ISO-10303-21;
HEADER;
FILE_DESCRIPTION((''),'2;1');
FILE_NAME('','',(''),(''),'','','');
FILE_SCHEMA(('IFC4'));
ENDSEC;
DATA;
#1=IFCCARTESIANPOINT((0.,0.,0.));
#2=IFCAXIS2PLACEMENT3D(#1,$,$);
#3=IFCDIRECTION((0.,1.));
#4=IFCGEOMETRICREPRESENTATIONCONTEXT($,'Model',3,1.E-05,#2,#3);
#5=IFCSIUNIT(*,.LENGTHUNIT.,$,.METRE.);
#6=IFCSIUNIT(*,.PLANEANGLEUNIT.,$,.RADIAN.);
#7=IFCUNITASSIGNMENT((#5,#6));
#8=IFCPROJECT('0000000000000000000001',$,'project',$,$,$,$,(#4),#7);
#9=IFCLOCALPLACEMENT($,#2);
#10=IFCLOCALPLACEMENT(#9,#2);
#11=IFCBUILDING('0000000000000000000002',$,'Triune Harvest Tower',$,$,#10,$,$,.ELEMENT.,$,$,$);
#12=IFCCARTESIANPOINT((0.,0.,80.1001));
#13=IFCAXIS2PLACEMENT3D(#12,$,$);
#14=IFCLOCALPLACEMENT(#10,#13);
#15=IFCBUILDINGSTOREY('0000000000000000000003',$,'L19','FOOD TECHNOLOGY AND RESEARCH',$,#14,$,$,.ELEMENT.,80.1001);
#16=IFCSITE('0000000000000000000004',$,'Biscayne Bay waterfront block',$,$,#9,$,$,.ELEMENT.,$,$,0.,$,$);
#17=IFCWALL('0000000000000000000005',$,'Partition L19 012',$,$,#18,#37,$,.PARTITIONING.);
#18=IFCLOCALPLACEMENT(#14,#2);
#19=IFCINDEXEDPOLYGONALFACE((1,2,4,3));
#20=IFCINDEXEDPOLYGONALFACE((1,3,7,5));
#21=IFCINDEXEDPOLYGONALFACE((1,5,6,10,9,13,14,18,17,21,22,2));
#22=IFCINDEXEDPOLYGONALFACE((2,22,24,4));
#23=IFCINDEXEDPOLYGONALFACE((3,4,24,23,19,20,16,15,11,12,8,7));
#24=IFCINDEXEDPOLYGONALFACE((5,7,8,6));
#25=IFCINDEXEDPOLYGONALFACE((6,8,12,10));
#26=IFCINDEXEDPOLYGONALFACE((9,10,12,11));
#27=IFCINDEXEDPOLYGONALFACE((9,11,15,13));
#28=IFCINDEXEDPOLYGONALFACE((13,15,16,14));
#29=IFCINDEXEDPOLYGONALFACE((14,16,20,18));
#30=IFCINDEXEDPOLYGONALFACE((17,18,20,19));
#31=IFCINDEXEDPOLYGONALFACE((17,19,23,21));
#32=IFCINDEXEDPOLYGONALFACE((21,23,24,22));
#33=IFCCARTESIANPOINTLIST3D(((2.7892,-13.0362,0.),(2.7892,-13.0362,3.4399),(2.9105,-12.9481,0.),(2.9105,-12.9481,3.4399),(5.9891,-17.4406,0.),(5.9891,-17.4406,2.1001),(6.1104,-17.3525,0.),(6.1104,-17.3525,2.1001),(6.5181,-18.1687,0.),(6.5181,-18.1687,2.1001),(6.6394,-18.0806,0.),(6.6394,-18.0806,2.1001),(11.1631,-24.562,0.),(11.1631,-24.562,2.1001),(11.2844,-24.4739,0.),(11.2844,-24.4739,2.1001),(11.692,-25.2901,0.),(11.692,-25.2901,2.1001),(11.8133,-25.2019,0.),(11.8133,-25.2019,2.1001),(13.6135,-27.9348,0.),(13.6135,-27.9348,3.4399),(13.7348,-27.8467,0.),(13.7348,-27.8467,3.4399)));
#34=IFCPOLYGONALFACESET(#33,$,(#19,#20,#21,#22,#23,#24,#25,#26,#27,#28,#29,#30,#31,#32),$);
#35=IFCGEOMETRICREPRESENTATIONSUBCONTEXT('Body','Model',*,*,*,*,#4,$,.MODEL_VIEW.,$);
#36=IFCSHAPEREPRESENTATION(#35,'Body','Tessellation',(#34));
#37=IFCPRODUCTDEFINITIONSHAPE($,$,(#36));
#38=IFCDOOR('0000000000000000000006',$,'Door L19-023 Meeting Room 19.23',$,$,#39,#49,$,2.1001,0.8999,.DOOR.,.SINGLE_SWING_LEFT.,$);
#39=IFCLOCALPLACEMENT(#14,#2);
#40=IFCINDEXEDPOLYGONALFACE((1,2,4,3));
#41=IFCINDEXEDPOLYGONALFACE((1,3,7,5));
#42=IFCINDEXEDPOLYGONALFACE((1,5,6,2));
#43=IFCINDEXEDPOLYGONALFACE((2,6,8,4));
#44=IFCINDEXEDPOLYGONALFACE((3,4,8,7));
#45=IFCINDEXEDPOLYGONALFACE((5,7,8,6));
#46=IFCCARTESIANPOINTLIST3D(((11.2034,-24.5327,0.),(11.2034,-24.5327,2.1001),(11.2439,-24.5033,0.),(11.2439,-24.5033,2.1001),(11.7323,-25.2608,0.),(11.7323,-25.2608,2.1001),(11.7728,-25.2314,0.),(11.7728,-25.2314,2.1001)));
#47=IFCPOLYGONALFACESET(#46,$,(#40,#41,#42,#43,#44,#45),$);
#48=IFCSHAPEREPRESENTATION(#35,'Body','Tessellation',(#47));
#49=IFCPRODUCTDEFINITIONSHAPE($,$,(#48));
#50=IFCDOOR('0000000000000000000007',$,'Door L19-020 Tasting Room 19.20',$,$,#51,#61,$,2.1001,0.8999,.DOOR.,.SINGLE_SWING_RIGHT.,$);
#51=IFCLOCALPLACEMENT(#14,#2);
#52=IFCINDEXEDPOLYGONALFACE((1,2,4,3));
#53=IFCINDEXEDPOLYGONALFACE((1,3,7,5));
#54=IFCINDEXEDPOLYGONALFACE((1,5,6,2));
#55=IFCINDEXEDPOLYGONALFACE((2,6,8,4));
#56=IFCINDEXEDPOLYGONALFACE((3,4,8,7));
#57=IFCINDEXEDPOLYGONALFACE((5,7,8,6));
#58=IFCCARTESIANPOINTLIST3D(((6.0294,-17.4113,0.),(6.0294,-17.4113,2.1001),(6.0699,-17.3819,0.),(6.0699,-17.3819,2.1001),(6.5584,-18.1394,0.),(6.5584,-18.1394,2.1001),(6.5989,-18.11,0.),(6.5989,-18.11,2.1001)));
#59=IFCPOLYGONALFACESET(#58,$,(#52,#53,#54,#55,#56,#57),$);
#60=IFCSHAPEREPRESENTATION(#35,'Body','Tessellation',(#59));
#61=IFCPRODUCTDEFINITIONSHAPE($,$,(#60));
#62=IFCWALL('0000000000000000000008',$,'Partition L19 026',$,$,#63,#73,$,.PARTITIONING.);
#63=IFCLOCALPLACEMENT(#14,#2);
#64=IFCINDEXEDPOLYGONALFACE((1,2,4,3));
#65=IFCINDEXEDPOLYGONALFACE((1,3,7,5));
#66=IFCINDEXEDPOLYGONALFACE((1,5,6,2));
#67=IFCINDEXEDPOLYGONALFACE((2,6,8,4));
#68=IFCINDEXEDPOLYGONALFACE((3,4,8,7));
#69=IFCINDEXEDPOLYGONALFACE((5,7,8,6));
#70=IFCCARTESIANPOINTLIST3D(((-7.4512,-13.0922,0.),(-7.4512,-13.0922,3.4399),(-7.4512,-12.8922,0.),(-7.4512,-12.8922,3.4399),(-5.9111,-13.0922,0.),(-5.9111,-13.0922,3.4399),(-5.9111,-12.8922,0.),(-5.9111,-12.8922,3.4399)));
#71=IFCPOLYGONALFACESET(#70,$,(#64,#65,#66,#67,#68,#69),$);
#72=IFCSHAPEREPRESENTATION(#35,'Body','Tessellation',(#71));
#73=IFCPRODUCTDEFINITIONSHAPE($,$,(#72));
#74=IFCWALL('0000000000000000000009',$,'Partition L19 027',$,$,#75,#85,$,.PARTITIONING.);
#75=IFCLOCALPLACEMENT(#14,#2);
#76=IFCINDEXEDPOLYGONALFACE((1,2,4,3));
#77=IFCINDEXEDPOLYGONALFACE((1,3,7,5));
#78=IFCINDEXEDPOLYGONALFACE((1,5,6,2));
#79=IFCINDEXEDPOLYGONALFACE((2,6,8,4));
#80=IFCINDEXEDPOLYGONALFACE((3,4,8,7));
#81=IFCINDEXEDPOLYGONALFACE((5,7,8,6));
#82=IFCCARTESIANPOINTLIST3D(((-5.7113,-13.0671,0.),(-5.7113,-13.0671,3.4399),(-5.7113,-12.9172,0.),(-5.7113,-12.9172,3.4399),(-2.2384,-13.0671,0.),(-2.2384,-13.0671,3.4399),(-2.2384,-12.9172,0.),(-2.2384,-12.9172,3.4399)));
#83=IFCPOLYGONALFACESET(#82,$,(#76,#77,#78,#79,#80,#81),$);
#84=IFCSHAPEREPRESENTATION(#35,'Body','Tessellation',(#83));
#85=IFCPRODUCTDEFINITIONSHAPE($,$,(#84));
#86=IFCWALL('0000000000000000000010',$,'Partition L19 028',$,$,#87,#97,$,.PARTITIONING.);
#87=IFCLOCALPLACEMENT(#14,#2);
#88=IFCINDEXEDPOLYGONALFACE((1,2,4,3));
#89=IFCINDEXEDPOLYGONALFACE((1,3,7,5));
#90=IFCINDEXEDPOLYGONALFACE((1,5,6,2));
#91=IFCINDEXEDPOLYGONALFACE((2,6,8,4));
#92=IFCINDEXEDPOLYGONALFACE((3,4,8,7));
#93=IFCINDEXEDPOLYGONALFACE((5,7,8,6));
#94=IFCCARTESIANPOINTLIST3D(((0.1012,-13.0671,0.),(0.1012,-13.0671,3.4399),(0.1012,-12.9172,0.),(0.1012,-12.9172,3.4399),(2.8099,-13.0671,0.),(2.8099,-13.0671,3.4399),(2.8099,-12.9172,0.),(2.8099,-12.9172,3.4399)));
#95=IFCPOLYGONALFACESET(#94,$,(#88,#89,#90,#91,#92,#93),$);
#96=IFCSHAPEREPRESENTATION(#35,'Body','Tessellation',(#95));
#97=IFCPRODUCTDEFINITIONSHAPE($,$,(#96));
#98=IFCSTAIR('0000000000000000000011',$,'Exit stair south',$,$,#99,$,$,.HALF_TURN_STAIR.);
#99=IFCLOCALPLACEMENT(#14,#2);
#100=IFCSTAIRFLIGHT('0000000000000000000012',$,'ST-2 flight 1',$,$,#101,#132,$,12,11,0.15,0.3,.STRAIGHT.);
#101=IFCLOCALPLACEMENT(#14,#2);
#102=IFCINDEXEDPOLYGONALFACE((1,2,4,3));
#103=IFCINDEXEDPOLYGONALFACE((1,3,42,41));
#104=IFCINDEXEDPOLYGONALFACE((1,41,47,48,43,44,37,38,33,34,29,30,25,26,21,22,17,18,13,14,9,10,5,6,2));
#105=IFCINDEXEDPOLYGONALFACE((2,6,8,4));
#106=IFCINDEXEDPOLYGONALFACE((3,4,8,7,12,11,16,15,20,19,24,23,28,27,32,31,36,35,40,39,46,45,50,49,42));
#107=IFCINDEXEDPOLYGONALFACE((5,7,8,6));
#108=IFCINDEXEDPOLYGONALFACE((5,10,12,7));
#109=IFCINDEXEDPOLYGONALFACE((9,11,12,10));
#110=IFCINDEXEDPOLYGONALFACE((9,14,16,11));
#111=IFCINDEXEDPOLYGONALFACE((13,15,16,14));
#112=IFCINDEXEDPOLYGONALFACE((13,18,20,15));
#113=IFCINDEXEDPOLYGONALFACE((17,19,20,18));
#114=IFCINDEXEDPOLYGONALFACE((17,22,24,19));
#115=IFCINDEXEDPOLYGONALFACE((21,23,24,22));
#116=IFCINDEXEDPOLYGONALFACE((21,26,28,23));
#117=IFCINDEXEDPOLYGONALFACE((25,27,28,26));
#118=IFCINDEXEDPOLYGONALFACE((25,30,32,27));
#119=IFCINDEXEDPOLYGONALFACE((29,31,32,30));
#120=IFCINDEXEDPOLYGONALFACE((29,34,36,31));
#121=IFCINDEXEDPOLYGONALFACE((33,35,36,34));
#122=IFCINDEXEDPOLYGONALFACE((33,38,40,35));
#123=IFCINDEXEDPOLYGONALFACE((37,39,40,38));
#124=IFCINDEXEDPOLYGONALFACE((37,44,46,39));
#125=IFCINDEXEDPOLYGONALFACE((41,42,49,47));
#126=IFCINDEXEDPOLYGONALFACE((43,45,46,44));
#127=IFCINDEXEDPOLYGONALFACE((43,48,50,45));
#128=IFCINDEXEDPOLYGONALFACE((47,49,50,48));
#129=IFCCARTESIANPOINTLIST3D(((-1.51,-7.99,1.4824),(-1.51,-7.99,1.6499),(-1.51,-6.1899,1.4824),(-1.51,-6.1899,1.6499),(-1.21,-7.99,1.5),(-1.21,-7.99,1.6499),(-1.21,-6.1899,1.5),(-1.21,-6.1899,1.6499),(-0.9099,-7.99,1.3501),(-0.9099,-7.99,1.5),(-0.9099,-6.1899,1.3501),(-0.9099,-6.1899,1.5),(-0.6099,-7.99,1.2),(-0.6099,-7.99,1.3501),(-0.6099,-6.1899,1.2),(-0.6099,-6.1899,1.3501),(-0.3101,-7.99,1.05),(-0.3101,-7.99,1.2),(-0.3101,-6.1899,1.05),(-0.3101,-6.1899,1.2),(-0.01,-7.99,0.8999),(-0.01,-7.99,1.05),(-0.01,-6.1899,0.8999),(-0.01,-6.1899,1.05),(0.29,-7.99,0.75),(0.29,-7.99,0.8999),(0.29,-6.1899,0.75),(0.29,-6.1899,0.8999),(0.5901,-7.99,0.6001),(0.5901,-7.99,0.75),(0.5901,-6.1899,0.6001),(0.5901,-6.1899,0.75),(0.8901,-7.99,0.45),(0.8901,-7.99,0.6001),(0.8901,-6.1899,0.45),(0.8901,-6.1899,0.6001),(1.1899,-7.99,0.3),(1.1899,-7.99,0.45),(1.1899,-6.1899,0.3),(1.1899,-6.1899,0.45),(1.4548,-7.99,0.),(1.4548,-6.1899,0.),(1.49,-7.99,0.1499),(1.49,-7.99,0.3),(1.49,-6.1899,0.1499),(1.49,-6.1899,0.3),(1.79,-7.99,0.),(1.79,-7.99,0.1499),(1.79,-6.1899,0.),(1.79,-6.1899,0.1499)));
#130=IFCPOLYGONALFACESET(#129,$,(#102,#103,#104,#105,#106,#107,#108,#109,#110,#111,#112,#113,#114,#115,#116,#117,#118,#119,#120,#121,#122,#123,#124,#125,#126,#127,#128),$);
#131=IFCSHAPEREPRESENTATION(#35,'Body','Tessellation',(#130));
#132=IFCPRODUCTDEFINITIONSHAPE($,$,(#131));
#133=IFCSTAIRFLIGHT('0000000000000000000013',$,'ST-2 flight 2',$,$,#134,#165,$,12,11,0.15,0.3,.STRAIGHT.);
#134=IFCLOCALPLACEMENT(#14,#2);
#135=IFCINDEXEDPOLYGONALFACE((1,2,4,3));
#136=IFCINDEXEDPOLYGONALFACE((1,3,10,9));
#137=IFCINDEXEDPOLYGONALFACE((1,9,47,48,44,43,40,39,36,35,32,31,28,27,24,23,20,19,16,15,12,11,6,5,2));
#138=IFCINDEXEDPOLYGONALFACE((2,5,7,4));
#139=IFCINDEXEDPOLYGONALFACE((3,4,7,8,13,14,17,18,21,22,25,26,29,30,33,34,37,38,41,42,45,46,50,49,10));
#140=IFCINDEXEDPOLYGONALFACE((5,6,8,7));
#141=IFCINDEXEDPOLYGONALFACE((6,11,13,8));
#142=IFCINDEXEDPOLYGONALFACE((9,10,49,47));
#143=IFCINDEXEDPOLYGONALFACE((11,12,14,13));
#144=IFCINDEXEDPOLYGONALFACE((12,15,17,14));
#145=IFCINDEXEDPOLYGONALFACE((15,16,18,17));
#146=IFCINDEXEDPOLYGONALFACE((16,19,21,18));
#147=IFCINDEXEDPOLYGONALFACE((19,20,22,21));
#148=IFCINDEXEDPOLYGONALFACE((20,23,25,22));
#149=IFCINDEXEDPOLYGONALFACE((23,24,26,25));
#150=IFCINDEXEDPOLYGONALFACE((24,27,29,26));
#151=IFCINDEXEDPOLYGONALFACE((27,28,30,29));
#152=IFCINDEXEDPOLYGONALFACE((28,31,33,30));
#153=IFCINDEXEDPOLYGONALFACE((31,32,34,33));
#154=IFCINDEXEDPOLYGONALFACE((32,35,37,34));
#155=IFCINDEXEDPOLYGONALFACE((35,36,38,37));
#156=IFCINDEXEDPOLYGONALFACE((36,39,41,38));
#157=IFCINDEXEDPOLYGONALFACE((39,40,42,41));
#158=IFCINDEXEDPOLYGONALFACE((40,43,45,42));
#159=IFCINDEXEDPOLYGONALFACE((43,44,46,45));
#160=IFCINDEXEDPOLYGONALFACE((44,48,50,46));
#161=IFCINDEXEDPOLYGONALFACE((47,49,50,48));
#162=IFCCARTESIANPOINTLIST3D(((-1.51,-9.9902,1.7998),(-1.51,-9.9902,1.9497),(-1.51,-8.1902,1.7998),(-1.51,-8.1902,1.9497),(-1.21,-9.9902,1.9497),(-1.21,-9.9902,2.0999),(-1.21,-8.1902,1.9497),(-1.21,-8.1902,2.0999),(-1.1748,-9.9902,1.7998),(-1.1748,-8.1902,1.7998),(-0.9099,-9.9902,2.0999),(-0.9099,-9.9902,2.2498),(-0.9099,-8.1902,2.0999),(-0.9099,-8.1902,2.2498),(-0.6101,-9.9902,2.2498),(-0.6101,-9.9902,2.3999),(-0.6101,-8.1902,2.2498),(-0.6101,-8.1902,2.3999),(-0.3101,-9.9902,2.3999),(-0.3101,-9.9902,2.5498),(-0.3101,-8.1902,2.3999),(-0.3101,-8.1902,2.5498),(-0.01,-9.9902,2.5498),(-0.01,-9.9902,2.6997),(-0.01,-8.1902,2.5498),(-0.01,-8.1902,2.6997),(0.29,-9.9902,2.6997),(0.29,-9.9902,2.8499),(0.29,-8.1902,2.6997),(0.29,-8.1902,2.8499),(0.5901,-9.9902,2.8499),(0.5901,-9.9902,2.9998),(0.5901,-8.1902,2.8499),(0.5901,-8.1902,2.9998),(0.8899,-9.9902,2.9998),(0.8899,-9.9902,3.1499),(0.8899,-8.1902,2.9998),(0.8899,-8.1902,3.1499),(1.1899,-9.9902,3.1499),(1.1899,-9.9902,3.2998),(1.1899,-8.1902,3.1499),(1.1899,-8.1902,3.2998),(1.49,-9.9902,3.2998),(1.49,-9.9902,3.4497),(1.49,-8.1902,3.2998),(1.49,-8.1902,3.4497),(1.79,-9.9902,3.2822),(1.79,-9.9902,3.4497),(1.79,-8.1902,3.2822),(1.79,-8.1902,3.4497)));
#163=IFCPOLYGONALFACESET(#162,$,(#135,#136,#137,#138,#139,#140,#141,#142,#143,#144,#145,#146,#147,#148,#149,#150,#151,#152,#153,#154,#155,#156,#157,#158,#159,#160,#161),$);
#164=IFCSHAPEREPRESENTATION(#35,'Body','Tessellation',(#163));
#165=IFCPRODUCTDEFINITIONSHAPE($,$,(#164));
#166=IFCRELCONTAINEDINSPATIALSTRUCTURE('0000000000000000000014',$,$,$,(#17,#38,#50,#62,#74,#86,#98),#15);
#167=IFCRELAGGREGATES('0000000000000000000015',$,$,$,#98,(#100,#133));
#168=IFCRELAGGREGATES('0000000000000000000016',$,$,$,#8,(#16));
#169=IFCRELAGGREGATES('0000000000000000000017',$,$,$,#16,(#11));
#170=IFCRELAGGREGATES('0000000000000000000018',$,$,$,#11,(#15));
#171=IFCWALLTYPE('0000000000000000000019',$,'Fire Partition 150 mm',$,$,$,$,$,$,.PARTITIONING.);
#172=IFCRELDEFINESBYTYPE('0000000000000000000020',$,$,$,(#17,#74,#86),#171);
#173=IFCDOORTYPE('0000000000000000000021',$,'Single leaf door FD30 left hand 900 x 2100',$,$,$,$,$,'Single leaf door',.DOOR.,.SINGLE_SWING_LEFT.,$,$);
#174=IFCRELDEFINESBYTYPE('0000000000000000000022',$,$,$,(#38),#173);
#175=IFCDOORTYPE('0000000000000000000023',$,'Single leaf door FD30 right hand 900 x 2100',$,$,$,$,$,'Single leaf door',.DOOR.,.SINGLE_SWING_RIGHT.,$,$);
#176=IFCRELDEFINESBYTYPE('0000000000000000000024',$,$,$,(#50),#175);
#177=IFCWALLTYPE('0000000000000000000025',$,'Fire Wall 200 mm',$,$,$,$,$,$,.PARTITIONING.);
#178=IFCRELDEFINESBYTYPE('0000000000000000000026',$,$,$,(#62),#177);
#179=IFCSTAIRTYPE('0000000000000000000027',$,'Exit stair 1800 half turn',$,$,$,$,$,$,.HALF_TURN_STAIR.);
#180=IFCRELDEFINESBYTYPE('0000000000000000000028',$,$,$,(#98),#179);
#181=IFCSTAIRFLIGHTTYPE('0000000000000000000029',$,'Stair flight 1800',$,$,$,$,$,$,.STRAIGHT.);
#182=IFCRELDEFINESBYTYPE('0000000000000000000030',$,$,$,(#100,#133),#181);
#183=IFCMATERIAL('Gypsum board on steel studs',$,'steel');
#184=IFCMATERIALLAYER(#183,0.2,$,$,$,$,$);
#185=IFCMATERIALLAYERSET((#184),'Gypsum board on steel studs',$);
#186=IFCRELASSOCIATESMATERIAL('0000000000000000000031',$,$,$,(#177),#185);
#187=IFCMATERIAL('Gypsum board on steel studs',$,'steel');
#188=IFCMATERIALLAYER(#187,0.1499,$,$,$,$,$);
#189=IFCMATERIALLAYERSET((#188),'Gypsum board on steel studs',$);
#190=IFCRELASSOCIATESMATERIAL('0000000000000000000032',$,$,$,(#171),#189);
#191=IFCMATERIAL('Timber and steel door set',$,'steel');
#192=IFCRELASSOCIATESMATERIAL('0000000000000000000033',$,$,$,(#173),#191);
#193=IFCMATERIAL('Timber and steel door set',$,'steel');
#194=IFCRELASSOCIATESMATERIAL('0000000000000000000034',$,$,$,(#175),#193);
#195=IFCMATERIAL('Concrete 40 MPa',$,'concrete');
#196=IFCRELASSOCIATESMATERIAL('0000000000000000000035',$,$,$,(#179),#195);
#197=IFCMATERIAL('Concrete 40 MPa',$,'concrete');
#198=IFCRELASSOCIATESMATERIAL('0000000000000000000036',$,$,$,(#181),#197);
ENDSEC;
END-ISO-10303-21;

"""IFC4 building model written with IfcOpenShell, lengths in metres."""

from ifc_helpers import new_model, si_unit, direction, frame, frame_2d, origin, place, context, subcontext, project, spatial, polyline, rectangle, outline, extrude, source, transform, mapped, material, layer, layer_set, type_object, element, fill, aggregate, save


model = new_model("IFC4")

# Units and contexts
model_context = context("Model", 3, precision=1e-05, world=origin(), true_north=direction((0.0, 1.0)))
body_context = subcontext(model_context, "Body", "Model", "MODEL_VIEW")
ifc_project = project(units=[si_unit("LENGTHUNIT", "METRE"), si_unit("PLANEANGLEUNIT", "RADIAN")], contexts=[model_context])

# Site, building, storey
site_placement = place(None, origin())
site = spatial("IfcSite", under=ifc_project, at=site_placement, Name="Biscayne Bay waterfront block", CompositionType="ELEMENT", RefElevation=0.0)
building_placement = place(site_placement, origin())
building = spatial("IfcBuilding", under=site, at=building_placement, Name="Triune Harvest Tower", CompositionType="ELEMENT")
storey_placement = place(building_placement, frame((0.0, 0.0, 80.1001)))
storey = spatial("IfcBuildingStorey", under=building, at=storey_placement, Name="L19", Description="FOOD TECHNOLOGY AND RESEARCH", CompositionType="ELEMENT", Elevation=80.1001)

# Shared definitions
ifc_material_1 = material(Name="Gypsum board on steel studs", Category="steel")
ifc_layer_1 = layer(ifc_material_1, 0.2)
ifc_layer_set_1 = layer_set([ifc_layer_1], Name="Gypsum board on steel studs")
wall_type_1 = type_object("IfcWallType", Name="Fire Wall 200 mm", PredefinedType="PARTITIONING", material=ifc_layer_set_1)

# Wall, openings, doors
ifc_material_2 = material(Name="Gypsum board on steel studs", Category="steel")
ifc_layer_2 = layer(ifc_material_2, 0.1499)
ifc_layer_set_2 = layer_set([ifc_layer_2], Name="Gypsum board on steel studs")
wall_type_2 = type_object("IfcWallType", Name="Fire Partition 150 mm", PredefinedType="PARTITIONING", material=ifc_layer_set_2)
shared_shape_1 = source(origin(), body_context, "Body", "SweptSolid", [
    extrude(rectangle(XDim=18.4155, YDim=0.1499, at=frame_2d((9.2078, 0.0))), origin(), (0.0, 0.0, 1.0), 3.4399),
])
wall_1_placement = place(storey_placement, frame((2.8499, -12.9922, 0.0), z_axis=(0.0, 0.0, 1.0), x_axis=(0.587781, -0.80902, 0.0)))
wall_1 = element("IfcWall", 1, at=wall_1_placement, inside=storey, type_object=wall_type_2, Name="Partition L19 012", PredefinedType="PARTITIONING", context=body_context, shape_type="MappedRepresentation", body=[
    mapped(shared_shape_1, transform((0.0, 0.0, 0.0), scale=1.0)),
])
opening_1_placement = place(wall_1_placement, frame((5.4441, 0.0, 0.0)))
opening_1 = element("IfcOpeningElement", 2, at=opening_1_placement, cuts=wall_1, PredefinedType="OPENING", context=body_context, shape_type="SweptSolid", body=[
    extrude(rectangle(XDim=0.8999, YDim=2.1001, at=frame_2d((0.45, 1.05))), frame((0.0, 0.085, 0.0), z_axis=(0.0, -1.0, 0.0), x_axis=(1.0, 0.0, 0.0)), (0.0, 0.0, 1.0), 0.1699),
])
opening_2_placement = place(wall_1_placement, frame((14.2466, 0.0, 0.0)))
opening_2 = element("IfcOpeningElement", 3, at=opening_2_placement, cuts=wall_1, PredefinedType="OPENING", context=body_context, shape_type="SweptSolid", body=[
    extrude(rectangle(XDim=0.8999, YDim=2.1001, at=frame_2d((0.45, 1.05))), frame((0.0, 0.085, 0.0), z_axis=(0.0, -1.0, 0.0), x_axis=(1.0, 0.0, 0.0)), (0.0, 0.0, 1.0), 0.1699),
])
ifc_material_3 = material(Name="Timber and steel door set", Category="steel")
door_type_1 = type_object("IfcDoorType", Name="Single leaf door FD30 left hand 900 x 2100", ElementType="Single leaf door", OperationType="SINGLE_SWING_LEFT", PredefinedType="DOOR", material=ifc_material_3)
door_1_placement = place(opening_2_placement, origin())
door_1 = element("IfcDoor", 4, at=door_1_placement, inside=storey, type_object=door_type_1, Name="Door L19-023 Meeting Room 19.23", OperationType="SINGLE_SWING_LEFT", OverallHeight=2.1001, OverallWidth=0.8999, PredefinedType="DOOR", context=body_context, shape_type="SweptSolid", body=[
    extrude(rectangle(XDim=0.8999, YDim=2.1001, at=frame_2d((0.45, 1.05))), frame((0.0, 0.0249, 0.0), z_axis=(0.0, -1.0, 0.0), x_axis=(1.0, 0.0, 0.0)), (0.0, 0.0, 1.0), 0.05),
])
fill(opening_2, door_1)
ifc_material_4 = material(Name="Timber and steel door set", Category="steel")
door_type_2 = type_object("IfcDoorType", Name="Single leaf door FD30 right hand 900 x 2100", ElementType="Single leaf door", OperationType="SINGLE_SWING_RIGHT", PredefinedType="DOOR", material=ifc_material_4)
door_2_placement = place(opening_1_placement, origin())
door_2 = element("IfcDoor", 5, at=door_2_placement, inside=storey, type_object=door_type_2, Name="Door L19-020 Tasting Room 19.20", OperationType="SINGLE_SWING_RIGHT", OverallHeight=2.1001, OverallWidth=0.8999, PredefinedType="DOOR", context=body_context, shape_type="SweptSolid", body=[
    extrude(rectangle(XDim=0.8999, YDim=2.1001, at=frame_2d((0.45, 1.05))), frame((0.0, 0.0249, 0.0), z_axis=(0.0, -1.0, 0.0), x_axis=(1.0, 0.0, 0.0)), (0.0, 0.0, 1.0), 0.05),
])
fill(opening_1, door_2)

# Walls
shared_shape_2 = source(origin(), body_context, "Body", "SweptSolid", [
    extrude(rectangle(XDim=1.54, YDim=0.2, at=frame_2d((0.77, 0.0))), origin(), (0.0, 0.0, 1.0), 3.4399),
])
wall_2_placement = place(storey_placement, frame((-7.4512, -12.9922, 0.0), z_axis=(0.0, 0.0, 1.0), x_axis=(1.0, 0.0, 0.0)))
element("IfcWall", 6, at=wall_2_placement, inside=storey, type_object=wall_type_1, Name="Partition L19 026", PredefinedType="PARTITIONING", context=body_context, shape_type="MappedRepresentation", body=[
    mapped(shared_shape_2, transform((0.0, 0.0, 0.0), scale=1.0)),
])
shared_shape_3 = source(origin(), body_context, "Body", "SweptSolid", [
    extrude(rectangle(XDim=3.4729, YDim=0.1499, at=frame_2d((1.7363, 0.0))), origin(), (0.0, 0.0, 1.0), 3.4399),
])
wall_3_placement = place(storey_placement, frame((-5.7112, -12.9922, 0.0), z_axis=(0.0, 0.0, 1.0), x_axis=(1.0, 0.0, 0.0)))
element("IfcWall", 7, at=wall_3_placement, inside=storey, type_object=wall_type_2, Name="Partition L19 027", PredefinedType="PARTITIONING", context=body_context, shape_type="MappedRepresentation", body=[
    mapped(shared_shape_3, transform((0.0, 0.0, 0.0), scale=1.0)),
])
shared_shape_4 = source(origin(), body_context, "Body", "SweptSolid", [
    extrude(rectangle(XDim=2.7087, YDim=0.1499, at=frame_2d((1.3545, 0.0))), origin(), (0.0, 0.0, 1.0), 3.4399),
])
wall_4_placement = place(storey_placement, frame((0.1011, -12.9922, 0.0), z_axis=(0.0, 0.0, 1.0), x_axis=(1.0, 0.0, 0.0)))
element("IfcWall", 8, at=wall_4_placement, inside=storey, type_object=wall_type_2, Name="Partition L19 028", PredefinedType="PARTITIONING", context=body_context, shape_type="MappedRepresentation", body=[
    mapped(shared_shape_4, transform((0.0, 0.0, 0.0), scale=1.0)),
])

# Stair, stair flights
ifc_material_5 = material(Name="Concrete 40 MPa", Category="concrete")
stair_type = type_object("IfcStairType", Name="Exit stair 1800 half turn", PredefinedType="HALF_TURN_STAIR", material=ifc_material_5)
stair_placement = place(storey_placement, origin())
stair = element("IfcStair", 9, at=stair_placement, inside=storey, type_object=stair_type, Name="Exit stair south", PredefinedType="HALF_TURN_STAIR")
ifc_material_6 = material(Name="Concrete 40 MPa", Category="concrete")
stair_flight_type = type_object("IfcStairFlightType", Name="Stair flight 1800", PredefinedType="STRAIGHT", material=ifc_material_6)
shared_shape_5 = source(origin(), body_context, "Body", "SweptSolid", [
    extrude(outline(polyline([(0.0, 0.0), (0.0, 0.1499), (0.3, 0.1499), (0.3, 0.3), (0.6001, 0.3), (0.6001, 0.45), (0.8999, 0.45), (0.8999, 0.6001), (1.2, 0.6001), (1.2, 0.75), (1.5, 0.75), (1.5, 0.8999), (1.8, 0.8999), (1.8, 1.05), (2.1001, 1.05), (2.1001, 1.2), (2.3999, 1.2), (2.3999, 1.3501), (2.7, 1.3501), (2.7, 1.5), (3.0, 1.5), (3.0, 1.6499), (3.3, 1.6499), (3.3, 1.8), (3.3, 1.4824), (0.3352, 0.0), (0.0, 0.0)])), frame((0.0, 0.8999, 0.0), z_axis=(0.0, -1.0, 0.0), x_axis=(1.0, 0.0, 0.0)), (0.0, 0.0, 1.0), 1.8),
])
stair_flight_1_placement = place(storey_placement, frame((1.79, -7.0901, 0.0), z_axis=(0.0, 0.0, 1.0), x_axis=(-1.0, 0.0, 0.0)))
stair_flight_1 = element("IfcStairFlight", 10, at=stair_flight_1_placement, type_object=stair_flight_type, Name="ST-2 flight 1", NumberOfRisers=12, NumberOfTreads=11, PredefinedType="STRAIGHT", RiserHeight=0.15, TreadLength=0.3, context=body_context, shape_type="MappedRepresentation", body=[
    mapped(shared_shape_5, transform((0.0, 0.0, 0.0), scale=1.0)),
])
stair_flight_2_placement = place(storey_placement, frame((-1.51, -9.0901, 1.7998), z_axis=(0.0, 0.0, 1.0), x_axis=(1.0, 0.0, 0.0)))
stair_flight_2 = element("IfcStairFlight", 11, at=stair_flight_2_placement, type_object=stair_flight_type, Name="ST-2 flight 2", NumberOfRisers=12, NumberOfTreads=11, PredefinedType="STRAIGHT", RiserHeight=0.15, TreadLength=0.3, context=body_context, shape_type="MappedRepresentation", body=[
    mapped(shared_shape_5, transform((0.0, 0.0, 0.0), scale=1.0)),
])
aggregate(stair, [stair_flight_1, stair_flight_2])

save(model, "model.ifc")
